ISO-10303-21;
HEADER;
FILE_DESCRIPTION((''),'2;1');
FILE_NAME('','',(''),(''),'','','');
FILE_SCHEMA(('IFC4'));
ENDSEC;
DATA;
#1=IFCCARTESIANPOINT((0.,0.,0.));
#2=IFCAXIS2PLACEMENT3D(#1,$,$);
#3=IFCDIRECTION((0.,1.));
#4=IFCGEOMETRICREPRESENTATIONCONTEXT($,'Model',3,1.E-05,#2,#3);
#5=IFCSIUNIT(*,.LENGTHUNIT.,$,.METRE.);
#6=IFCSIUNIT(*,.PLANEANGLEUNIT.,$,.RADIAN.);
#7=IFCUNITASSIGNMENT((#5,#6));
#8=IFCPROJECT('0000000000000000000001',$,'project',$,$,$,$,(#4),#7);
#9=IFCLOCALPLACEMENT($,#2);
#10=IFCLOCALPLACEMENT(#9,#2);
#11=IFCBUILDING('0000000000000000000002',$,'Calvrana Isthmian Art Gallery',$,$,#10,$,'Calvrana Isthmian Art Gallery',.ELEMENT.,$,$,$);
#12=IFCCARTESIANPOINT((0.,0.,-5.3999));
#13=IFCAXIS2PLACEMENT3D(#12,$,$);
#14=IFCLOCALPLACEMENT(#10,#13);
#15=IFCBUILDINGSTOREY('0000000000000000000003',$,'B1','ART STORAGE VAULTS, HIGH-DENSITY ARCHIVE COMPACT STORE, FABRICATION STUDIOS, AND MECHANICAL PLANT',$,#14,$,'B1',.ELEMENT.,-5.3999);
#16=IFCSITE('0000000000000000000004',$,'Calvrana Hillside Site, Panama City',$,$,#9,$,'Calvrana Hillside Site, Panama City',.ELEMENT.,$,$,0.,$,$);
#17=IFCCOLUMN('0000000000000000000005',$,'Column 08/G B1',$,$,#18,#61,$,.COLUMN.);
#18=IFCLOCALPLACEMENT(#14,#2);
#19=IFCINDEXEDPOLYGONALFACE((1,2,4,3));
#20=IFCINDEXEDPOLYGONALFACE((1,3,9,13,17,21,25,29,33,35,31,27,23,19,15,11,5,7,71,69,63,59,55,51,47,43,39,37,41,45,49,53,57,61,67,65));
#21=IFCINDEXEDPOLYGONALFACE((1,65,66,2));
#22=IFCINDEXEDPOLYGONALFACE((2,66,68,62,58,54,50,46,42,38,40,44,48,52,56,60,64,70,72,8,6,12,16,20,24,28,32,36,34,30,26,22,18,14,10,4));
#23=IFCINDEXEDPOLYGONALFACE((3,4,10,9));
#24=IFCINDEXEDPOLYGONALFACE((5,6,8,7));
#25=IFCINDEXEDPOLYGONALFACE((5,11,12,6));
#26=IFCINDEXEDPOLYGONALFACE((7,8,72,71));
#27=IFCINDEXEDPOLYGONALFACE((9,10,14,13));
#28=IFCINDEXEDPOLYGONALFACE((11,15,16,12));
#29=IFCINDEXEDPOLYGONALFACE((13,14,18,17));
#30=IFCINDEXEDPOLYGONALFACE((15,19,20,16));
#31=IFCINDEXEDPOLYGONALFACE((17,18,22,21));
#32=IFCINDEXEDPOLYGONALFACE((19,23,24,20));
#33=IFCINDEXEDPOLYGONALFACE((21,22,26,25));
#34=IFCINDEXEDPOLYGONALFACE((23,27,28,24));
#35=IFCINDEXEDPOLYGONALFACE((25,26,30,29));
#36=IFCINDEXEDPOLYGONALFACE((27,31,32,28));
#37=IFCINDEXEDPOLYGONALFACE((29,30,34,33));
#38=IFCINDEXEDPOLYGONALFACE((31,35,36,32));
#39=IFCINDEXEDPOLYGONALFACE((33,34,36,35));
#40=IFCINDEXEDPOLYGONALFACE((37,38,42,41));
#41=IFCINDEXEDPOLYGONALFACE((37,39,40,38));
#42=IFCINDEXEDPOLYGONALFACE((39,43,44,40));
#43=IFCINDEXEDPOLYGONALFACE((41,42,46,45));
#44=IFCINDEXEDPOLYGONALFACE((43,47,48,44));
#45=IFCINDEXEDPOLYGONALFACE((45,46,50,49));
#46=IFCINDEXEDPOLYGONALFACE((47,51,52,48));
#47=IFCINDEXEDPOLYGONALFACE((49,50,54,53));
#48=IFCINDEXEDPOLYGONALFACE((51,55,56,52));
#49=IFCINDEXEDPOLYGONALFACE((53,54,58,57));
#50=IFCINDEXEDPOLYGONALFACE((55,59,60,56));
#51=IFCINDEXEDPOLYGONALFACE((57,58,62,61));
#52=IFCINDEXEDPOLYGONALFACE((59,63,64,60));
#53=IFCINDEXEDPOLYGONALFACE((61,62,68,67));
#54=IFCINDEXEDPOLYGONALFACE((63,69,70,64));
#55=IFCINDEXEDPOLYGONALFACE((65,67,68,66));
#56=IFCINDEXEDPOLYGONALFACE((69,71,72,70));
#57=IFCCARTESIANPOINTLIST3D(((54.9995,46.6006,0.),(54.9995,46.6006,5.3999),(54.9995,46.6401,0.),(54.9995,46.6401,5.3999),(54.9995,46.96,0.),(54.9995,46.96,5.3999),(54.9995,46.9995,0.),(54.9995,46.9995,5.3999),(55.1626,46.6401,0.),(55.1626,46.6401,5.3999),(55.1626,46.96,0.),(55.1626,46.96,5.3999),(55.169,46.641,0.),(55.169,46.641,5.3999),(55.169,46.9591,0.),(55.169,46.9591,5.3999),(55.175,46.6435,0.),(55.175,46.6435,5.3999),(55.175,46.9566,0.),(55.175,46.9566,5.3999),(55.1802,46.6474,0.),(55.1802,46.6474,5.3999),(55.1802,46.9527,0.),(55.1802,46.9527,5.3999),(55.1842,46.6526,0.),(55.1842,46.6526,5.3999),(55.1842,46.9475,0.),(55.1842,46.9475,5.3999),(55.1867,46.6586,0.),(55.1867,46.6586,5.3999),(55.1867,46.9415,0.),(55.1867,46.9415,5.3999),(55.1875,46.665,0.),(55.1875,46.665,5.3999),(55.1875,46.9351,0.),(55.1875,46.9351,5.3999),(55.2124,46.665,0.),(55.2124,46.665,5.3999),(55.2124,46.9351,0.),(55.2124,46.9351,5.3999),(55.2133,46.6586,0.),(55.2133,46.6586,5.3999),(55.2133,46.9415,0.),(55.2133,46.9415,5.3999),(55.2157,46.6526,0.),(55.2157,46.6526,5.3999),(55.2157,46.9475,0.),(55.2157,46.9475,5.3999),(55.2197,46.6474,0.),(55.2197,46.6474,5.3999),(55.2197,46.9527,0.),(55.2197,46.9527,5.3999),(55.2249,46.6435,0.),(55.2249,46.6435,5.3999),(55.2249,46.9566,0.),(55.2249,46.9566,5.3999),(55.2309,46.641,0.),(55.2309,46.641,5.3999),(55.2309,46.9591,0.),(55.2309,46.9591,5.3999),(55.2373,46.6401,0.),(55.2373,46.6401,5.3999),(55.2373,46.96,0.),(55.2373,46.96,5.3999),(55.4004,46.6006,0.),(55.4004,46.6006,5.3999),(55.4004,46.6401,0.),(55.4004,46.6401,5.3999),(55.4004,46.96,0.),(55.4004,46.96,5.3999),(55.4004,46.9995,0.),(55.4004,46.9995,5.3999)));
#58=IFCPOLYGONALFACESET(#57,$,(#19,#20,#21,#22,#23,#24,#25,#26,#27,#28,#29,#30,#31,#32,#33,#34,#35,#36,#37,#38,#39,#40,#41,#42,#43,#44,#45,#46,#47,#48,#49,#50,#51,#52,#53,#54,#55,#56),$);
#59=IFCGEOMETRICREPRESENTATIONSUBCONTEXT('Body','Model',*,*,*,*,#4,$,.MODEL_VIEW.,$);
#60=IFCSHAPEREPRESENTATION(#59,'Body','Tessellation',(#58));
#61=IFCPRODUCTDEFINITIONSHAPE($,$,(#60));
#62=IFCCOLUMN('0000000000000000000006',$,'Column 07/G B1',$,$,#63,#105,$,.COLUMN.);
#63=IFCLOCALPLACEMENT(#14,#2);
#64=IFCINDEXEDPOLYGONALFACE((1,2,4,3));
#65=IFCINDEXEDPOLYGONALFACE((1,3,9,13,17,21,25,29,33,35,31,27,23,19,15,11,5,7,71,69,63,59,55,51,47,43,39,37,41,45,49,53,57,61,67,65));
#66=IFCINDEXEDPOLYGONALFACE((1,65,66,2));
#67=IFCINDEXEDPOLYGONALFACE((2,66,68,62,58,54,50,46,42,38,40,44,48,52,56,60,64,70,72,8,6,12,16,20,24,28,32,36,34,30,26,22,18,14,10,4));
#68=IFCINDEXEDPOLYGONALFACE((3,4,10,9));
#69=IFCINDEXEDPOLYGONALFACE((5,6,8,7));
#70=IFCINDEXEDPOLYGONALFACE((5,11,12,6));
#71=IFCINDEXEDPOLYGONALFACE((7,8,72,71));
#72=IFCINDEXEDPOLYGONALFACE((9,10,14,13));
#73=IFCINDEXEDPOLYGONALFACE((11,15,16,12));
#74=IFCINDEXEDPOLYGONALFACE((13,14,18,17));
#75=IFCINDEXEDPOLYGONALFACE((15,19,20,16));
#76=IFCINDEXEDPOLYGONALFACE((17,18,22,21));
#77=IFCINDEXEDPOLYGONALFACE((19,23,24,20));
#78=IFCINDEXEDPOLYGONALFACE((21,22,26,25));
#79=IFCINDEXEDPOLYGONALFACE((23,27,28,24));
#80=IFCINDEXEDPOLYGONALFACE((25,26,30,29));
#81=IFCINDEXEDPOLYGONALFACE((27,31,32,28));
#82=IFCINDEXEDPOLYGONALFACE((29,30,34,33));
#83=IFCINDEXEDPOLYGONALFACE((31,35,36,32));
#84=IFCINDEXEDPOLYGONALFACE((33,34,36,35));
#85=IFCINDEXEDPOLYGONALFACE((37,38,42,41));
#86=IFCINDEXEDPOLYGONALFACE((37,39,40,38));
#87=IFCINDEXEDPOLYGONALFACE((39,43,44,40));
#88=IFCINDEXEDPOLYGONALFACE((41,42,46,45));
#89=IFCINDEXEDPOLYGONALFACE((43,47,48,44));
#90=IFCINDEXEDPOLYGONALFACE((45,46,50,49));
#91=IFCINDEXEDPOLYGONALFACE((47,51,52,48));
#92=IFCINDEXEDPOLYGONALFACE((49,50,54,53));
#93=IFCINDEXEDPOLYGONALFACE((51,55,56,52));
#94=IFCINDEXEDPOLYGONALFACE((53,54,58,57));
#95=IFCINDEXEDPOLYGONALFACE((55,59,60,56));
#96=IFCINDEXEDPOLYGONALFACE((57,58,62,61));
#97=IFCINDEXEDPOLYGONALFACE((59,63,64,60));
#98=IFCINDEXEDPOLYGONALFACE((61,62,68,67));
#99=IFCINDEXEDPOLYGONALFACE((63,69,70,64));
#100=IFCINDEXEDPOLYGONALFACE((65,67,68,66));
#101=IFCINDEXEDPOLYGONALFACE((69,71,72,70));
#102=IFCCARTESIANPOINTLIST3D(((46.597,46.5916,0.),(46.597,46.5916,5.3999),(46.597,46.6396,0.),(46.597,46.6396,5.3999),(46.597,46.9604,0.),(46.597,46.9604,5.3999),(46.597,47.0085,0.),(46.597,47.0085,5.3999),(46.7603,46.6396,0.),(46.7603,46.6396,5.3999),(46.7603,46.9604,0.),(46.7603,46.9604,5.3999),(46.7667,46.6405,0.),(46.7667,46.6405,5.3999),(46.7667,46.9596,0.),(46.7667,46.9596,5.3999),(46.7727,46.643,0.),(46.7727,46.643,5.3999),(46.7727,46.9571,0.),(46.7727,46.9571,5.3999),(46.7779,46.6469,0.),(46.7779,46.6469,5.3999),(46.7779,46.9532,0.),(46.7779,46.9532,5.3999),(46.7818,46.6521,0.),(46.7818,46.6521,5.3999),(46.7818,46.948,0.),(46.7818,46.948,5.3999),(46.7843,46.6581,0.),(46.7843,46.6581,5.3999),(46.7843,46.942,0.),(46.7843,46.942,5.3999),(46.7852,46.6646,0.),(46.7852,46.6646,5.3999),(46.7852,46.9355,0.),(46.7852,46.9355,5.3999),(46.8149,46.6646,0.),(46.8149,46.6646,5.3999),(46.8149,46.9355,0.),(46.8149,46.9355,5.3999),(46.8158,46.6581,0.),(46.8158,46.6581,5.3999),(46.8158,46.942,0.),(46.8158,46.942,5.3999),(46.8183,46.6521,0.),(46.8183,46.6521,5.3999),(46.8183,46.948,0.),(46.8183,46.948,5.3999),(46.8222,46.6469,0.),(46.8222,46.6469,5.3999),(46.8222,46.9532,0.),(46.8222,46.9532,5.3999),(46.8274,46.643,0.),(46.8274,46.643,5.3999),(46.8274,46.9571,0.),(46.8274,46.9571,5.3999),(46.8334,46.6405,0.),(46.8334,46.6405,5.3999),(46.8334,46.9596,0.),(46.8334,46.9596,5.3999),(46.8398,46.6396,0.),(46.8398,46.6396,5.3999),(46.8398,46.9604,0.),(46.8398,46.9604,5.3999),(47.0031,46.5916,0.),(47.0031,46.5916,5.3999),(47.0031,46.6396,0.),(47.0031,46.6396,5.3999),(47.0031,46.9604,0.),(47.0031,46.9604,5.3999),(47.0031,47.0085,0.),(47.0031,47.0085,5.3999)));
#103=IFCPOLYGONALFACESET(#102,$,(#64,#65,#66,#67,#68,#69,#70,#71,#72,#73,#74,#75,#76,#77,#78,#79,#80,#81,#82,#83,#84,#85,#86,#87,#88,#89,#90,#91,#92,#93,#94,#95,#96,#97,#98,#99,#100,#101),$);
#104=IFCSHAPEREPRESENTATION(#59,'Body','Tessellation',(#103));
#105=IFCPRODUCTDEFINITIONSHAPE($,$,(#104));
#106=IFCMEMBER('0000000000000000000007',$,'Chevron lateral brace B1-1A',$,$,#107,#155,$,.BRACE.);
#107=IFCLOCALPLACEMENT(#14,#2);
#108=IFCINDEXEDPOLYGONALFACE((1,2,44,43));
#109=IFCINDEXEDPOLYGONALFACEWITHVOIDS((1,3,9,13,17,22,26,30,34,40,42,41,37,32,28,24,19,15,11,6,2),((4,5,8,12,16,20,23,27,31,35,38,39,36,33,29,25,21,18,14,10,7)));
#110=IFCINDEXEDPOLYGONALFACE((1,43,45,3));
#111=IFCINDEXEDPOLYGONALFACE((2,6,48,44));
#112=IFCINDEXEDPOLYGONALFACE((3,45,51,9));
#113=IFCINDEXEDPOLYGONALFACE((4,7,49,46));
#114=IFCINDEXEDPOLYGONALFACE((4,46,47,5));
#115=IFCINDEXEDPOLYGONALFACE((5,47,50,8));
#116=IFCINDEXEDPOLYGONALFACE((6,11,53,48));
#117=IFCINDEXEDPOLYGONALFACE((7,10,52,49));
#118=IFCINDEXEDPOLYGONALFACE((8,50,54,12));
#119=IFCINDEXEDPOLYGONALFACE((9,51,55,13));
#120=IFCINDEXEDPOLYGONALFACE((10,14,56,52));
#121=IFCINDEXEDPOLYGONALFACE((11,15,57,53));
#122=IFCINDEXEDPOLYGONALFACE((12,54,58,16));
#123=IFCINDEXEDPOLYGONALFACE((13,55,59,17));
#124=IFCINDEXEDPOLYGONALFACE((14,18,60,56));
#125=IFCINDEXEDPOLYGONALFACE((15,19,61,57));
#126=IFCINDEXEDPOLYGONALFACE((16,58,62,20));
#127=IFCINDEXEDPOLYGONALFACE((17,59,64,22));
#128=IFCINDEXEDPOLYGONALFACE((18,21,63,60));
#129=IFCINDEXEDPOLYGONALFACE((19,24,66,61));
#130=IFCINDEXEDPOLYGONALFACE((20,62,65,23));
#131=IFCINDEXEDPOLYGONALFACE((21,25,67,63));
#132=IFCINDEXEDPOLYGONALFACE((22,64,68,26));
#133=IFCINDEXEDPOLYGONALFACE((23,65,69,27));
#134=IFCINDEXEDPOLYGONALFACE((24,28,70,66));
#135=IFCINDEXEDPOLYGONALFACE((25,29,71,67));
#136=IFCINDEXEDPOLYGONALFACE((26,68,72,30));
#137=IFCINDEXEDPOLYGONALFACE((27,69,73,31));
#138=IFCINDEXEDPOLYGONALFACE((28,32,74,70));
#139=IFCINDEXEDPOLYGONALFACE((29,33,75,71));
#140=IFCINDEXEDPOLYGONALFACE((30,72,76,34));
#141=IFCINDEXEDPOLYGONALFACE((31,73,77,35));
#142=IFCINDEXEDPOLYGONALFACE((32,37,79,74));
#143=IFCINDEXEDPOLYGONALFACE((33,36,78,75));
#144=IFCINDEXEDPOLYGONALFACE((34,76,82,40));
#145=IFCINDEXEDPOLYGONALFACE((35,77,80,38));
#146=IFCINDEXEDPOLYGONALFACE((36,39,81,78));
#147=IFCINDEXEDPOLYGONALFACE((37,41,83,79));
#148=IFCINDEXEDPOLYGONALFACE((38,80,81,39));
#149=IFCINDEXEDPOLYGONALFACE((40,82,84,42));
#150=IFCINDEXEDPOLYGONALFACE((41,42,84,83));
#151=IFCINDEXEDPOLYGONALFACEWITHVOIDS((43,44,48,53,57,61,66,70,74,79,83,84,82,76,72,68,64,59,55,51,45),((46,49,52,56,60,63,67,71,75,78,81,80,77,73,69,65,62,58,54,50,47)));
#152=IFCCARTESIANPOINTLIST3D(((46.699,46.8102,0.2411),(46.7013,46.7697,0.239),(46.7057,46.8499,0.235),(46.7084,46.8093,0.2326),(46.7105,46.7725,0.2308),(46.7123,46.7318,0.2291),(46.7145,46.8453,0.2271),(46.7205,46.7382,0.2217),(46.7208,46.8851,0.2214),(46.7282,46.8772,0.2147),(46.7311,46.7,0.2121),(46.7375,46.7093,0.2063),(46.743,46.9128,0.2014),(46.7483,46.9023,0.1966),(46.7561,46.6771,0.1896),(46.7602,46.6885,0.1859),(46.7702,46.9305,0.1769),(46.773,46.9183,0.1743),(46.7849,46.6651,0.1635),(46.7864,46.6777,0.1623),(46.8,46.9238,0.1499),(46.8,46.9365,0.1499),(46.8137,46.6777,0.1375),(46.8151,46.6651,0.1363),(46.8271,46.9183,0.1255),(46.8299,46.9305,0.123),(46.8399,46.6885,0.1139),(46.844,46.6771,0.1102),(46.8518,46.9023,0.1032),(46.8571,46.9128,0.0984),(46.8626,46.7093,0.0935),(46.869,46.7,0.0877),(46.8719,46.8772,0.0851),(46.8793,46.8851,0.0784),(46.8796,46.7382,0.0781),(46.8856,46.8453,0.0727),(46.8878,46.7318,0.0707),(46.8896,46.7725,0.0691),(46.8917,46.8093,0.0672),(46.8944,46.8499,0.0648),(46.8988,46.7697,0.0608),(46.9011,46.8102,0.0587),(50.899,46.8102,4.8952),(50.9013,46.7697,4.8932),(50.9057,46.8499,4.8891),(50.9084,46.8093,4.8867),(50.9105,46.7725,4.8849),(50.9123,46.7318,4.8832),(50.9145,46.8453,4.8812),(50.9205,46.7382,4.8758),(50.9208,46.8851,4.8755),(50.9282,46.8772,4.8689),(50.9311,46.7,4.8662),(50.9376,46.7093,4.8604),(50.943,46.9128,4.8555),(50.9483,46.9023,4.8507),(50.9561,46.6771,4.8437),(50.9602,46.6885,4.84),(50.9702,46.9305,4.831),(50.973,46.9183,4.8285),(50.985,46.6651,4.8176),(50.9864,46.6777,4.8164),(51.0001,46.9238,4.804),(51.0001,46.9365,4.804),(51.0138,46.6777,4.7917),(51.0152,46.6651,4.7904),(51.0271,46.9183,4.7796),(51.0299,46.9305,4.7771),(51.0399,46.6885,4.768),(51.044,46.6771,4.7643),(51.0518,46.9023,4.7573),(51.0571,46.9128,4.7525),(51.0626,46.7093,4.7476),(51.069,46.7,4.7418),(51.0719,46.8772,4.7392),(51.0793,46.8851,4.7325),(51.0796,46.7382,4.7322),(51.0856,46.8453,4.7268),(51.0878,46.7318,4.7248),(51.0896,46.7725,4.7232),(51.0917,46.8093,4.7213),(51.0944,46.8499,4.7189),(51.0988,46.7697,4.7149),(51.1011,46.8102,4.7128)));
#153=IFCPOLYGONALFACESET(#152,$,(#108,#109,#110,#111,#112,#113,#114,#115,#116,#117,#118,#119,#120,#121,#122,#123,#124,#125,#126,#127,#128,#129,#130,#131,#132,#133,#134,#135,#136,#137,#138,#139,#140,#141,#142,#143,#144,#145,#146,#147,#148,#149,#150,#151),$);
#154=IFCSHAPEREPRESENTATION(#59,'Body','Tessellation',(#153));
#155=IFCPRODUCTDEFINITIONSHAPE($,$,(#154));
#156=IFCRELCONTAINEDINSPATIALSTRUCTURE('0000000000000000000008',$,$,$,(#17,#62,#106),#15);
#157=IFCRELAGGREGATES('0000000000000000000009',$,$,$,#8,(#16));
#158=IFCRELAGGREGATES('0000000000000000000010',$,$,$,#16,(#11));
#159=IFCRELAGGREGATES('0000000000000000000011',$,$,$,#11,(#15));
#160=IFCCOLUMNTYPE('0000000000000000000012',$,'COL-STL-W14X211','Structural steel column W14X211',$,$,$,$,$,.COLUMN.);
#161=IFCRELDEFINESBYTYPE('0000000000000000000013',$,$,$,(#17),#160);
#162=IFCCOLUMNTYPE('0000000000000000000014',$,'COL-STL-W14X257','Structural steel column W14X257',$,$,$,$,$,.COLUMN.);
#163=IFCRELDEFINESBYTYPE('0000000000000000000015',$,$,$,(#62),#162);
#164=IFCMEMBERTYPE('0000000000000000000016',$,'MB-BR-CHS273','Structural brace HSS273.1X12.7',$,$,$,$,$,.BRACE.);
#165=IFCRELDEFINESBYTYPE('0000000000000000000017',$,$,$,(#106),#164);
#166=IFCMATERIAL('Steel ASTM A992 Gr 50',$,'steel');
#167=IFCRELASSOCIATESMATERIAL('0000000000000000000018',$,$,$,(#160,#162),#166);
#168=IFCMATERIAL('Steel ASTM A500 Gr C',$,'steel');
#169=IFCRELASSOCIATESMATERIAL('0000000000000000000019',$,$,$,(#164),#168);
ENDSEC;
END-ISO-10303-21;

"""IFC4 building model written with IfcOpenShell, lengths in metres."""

from ifc_helpers import new_model, si_unit, direction, frame, origin, origin_2d, place, context, subcontext, project, spatial, hollow_circle, i_section, extrude, material, material_profile, profile_set, type_object, element, save


model = new_model("IFC4")

# Units and contexts
model_context = context("Model", 3, precision=1e-05, world=origin(), true_north=direction((0.0, 1.0)))
body_context = subcontext(model_context, "Body", "Model", "MODEL_VIEW")
ifc_project = project(units=[si_unit("LENGTHUNIT", "METRE"), si_unit("PLANEANGLEUNIT", "RADIAN")], contexts=[model_context])

# Site, building, storey
site_placement = place(None, origin())
site = spatial("IfcSite", under=ifc_project, at=site_placement, Name="Calvrana Hillside Site, Panama City", LongName="Calvrana Hillside Site, Panama City", CompositionType="ELEMENT", RefElevation=0.0)
building_placement = place(site_placement, origin())
building = spatial("IfcBuilding", under=site, at=building_placement, Name="Calvrana Isthmian Art Gallery", LongName="Calvrana Isthmian Art Gallery", CompositionType="ELEMENT")
storey_placement = place(building_placement, frame((0.0, 0.0, -5.3999)))
storey = spatial("IfcBuildingStorey", under=building, at=storey_placement, Name="B1", Description="ART STORAGE VAULTS, HIGH-DENSITY ARCHIVE COMPACT STORE, FABRICATION STUDIOS, AND MECHANICAL PLANT", LongName="B1", CompositionType="ELEMENT", Elevation=-5.3999)

# Columns
ifc_material_1 = material(Name="Steel ASTM A992 Gr 50", Category="steel")
ifc_material_profile_1 = material_profile(ifc_material_1, i_section(OverallWidth=0.4009, OverallDepth=0.3989, WebThickness=0.0249, FlangeThickness=0.0396, FilletRadius=0.0249, at=origin_2d()), Name="W14X211")
ifc_profile_set_1 = profile_set([ifc_material_profile_1], Name="Steel ASTM A992 Gr 50")
column_type_1 = type_object("IfcColumnType", Name="COL-STL-W14X211", Description="Structural steel column W14X211", PredefinedType="COLUMN", material=ifc_profile_set_1)
column_1_placement = place(storey_placement, frame((55.2, 46.8, 0.0), z_axis=(0.0, 0.0, 1.0), x_axis=(1.0, 0.0, 0.0)))
element("IfcColumn", 1, at=column_1_placement, inside=storey, type_object=column_type_1, Name="Column 08/G B1", PredefinedType="COLUMN", context=body_context, shape_type="SweptSolid", body=[
    extrude(i_section(OverallWidth=0.4009, OverallDepth=0.3989, WebThickness=0.0249, FlangeThickness=0.0396, FilletRadius=0.0249, at=origin_2d()), origin(), (0.0, 0.0, 1.0), 5.3999),
])
ifc_material_profile_2 = material_profile(ifc_material_1, i_section(OverallWidth=0.406, OverallDepth=0.417, WebThickness=0.0298, FlangeThickness=0.0481, FilletRadius=0.0249, at=origin_2d()), Name="W14X257")
ifc_profile_set_2 = profile_set([ifc_material_profile_2], Name="Steel ASTM A992 Gr 50")
column_type_2 = type_object("IfcColumnType", Name="COL-STL-W14X257", Description="Structural steel column W14X257", PredefinedType="COLUMN", material=ifc_profile_set_2)
column_2_placement = place(storey_placement, frame((46.8, 46.8, 0.0), z_axis=(0.0, 0.0, 1.0), x_axis=(1.0, 0.0, 0.0)))
element("IfcColumn", 2, at=column_2_placement, inside=storey, type_object=column_type_2, Name="Column 07/G B1", PredefinedType="COLUMN", context=body_context, shape_type="SweptSolid", body=[
    extrude(i_section(OverallWidth=0.406, OverallDepth=0.417, WebThickness=0.0298, FlangeThickness=0.0481, FilletRadius=0.0249, at=origin_2d()), origin(), (0.0, 0.0, 1.0), 5.3999),
])

# Member
ifc_material_2 = material(Name="Steel ASTM A500 Gr C", Category="steel")
ifc_material_profile_3 = material_profile(ifc_material_2, hollow_circle(Radius=0.1365, WallThickness=0.0127, at=origin_2d()), Name="HSS273.1X12.7")
ifc_profile_set_3 = profile_set([ifc_material_profile_3], Name="Steel ASTM A500 Gr C")
member_type = type_object("IfcMemberType", Name="MB-BR-CHS273", Description="Structural brace HSS273.1X12.7", PredefinedType="BRACE", material=ifc_profile_set_3)
for number, where, z_axis, x_axis, name in (
    (3, (46.8, 46.8, 0.1499), (0.66996, 0.0, 0.742397), (0.0, 1.0, 0.0), "Chevron lateral brace B1-1A"),
):
    element("IfcMember", number, at=place(storey_placement, frame(where, z_axis=z_axis, x_axis=x_axis)), inside=storey, type_object=member_type, Name=name, PredefinedType="BRACE", context=body_context, shape_type="SweptSolid", body=[
        extrude(hollow_circle(Radius=0.1365, WallThickness=0.0127, at=origin_2d()), origin(), (0.0, 0.0, 1.0), 6.269),
    ])

save(model, "model.ifc")
